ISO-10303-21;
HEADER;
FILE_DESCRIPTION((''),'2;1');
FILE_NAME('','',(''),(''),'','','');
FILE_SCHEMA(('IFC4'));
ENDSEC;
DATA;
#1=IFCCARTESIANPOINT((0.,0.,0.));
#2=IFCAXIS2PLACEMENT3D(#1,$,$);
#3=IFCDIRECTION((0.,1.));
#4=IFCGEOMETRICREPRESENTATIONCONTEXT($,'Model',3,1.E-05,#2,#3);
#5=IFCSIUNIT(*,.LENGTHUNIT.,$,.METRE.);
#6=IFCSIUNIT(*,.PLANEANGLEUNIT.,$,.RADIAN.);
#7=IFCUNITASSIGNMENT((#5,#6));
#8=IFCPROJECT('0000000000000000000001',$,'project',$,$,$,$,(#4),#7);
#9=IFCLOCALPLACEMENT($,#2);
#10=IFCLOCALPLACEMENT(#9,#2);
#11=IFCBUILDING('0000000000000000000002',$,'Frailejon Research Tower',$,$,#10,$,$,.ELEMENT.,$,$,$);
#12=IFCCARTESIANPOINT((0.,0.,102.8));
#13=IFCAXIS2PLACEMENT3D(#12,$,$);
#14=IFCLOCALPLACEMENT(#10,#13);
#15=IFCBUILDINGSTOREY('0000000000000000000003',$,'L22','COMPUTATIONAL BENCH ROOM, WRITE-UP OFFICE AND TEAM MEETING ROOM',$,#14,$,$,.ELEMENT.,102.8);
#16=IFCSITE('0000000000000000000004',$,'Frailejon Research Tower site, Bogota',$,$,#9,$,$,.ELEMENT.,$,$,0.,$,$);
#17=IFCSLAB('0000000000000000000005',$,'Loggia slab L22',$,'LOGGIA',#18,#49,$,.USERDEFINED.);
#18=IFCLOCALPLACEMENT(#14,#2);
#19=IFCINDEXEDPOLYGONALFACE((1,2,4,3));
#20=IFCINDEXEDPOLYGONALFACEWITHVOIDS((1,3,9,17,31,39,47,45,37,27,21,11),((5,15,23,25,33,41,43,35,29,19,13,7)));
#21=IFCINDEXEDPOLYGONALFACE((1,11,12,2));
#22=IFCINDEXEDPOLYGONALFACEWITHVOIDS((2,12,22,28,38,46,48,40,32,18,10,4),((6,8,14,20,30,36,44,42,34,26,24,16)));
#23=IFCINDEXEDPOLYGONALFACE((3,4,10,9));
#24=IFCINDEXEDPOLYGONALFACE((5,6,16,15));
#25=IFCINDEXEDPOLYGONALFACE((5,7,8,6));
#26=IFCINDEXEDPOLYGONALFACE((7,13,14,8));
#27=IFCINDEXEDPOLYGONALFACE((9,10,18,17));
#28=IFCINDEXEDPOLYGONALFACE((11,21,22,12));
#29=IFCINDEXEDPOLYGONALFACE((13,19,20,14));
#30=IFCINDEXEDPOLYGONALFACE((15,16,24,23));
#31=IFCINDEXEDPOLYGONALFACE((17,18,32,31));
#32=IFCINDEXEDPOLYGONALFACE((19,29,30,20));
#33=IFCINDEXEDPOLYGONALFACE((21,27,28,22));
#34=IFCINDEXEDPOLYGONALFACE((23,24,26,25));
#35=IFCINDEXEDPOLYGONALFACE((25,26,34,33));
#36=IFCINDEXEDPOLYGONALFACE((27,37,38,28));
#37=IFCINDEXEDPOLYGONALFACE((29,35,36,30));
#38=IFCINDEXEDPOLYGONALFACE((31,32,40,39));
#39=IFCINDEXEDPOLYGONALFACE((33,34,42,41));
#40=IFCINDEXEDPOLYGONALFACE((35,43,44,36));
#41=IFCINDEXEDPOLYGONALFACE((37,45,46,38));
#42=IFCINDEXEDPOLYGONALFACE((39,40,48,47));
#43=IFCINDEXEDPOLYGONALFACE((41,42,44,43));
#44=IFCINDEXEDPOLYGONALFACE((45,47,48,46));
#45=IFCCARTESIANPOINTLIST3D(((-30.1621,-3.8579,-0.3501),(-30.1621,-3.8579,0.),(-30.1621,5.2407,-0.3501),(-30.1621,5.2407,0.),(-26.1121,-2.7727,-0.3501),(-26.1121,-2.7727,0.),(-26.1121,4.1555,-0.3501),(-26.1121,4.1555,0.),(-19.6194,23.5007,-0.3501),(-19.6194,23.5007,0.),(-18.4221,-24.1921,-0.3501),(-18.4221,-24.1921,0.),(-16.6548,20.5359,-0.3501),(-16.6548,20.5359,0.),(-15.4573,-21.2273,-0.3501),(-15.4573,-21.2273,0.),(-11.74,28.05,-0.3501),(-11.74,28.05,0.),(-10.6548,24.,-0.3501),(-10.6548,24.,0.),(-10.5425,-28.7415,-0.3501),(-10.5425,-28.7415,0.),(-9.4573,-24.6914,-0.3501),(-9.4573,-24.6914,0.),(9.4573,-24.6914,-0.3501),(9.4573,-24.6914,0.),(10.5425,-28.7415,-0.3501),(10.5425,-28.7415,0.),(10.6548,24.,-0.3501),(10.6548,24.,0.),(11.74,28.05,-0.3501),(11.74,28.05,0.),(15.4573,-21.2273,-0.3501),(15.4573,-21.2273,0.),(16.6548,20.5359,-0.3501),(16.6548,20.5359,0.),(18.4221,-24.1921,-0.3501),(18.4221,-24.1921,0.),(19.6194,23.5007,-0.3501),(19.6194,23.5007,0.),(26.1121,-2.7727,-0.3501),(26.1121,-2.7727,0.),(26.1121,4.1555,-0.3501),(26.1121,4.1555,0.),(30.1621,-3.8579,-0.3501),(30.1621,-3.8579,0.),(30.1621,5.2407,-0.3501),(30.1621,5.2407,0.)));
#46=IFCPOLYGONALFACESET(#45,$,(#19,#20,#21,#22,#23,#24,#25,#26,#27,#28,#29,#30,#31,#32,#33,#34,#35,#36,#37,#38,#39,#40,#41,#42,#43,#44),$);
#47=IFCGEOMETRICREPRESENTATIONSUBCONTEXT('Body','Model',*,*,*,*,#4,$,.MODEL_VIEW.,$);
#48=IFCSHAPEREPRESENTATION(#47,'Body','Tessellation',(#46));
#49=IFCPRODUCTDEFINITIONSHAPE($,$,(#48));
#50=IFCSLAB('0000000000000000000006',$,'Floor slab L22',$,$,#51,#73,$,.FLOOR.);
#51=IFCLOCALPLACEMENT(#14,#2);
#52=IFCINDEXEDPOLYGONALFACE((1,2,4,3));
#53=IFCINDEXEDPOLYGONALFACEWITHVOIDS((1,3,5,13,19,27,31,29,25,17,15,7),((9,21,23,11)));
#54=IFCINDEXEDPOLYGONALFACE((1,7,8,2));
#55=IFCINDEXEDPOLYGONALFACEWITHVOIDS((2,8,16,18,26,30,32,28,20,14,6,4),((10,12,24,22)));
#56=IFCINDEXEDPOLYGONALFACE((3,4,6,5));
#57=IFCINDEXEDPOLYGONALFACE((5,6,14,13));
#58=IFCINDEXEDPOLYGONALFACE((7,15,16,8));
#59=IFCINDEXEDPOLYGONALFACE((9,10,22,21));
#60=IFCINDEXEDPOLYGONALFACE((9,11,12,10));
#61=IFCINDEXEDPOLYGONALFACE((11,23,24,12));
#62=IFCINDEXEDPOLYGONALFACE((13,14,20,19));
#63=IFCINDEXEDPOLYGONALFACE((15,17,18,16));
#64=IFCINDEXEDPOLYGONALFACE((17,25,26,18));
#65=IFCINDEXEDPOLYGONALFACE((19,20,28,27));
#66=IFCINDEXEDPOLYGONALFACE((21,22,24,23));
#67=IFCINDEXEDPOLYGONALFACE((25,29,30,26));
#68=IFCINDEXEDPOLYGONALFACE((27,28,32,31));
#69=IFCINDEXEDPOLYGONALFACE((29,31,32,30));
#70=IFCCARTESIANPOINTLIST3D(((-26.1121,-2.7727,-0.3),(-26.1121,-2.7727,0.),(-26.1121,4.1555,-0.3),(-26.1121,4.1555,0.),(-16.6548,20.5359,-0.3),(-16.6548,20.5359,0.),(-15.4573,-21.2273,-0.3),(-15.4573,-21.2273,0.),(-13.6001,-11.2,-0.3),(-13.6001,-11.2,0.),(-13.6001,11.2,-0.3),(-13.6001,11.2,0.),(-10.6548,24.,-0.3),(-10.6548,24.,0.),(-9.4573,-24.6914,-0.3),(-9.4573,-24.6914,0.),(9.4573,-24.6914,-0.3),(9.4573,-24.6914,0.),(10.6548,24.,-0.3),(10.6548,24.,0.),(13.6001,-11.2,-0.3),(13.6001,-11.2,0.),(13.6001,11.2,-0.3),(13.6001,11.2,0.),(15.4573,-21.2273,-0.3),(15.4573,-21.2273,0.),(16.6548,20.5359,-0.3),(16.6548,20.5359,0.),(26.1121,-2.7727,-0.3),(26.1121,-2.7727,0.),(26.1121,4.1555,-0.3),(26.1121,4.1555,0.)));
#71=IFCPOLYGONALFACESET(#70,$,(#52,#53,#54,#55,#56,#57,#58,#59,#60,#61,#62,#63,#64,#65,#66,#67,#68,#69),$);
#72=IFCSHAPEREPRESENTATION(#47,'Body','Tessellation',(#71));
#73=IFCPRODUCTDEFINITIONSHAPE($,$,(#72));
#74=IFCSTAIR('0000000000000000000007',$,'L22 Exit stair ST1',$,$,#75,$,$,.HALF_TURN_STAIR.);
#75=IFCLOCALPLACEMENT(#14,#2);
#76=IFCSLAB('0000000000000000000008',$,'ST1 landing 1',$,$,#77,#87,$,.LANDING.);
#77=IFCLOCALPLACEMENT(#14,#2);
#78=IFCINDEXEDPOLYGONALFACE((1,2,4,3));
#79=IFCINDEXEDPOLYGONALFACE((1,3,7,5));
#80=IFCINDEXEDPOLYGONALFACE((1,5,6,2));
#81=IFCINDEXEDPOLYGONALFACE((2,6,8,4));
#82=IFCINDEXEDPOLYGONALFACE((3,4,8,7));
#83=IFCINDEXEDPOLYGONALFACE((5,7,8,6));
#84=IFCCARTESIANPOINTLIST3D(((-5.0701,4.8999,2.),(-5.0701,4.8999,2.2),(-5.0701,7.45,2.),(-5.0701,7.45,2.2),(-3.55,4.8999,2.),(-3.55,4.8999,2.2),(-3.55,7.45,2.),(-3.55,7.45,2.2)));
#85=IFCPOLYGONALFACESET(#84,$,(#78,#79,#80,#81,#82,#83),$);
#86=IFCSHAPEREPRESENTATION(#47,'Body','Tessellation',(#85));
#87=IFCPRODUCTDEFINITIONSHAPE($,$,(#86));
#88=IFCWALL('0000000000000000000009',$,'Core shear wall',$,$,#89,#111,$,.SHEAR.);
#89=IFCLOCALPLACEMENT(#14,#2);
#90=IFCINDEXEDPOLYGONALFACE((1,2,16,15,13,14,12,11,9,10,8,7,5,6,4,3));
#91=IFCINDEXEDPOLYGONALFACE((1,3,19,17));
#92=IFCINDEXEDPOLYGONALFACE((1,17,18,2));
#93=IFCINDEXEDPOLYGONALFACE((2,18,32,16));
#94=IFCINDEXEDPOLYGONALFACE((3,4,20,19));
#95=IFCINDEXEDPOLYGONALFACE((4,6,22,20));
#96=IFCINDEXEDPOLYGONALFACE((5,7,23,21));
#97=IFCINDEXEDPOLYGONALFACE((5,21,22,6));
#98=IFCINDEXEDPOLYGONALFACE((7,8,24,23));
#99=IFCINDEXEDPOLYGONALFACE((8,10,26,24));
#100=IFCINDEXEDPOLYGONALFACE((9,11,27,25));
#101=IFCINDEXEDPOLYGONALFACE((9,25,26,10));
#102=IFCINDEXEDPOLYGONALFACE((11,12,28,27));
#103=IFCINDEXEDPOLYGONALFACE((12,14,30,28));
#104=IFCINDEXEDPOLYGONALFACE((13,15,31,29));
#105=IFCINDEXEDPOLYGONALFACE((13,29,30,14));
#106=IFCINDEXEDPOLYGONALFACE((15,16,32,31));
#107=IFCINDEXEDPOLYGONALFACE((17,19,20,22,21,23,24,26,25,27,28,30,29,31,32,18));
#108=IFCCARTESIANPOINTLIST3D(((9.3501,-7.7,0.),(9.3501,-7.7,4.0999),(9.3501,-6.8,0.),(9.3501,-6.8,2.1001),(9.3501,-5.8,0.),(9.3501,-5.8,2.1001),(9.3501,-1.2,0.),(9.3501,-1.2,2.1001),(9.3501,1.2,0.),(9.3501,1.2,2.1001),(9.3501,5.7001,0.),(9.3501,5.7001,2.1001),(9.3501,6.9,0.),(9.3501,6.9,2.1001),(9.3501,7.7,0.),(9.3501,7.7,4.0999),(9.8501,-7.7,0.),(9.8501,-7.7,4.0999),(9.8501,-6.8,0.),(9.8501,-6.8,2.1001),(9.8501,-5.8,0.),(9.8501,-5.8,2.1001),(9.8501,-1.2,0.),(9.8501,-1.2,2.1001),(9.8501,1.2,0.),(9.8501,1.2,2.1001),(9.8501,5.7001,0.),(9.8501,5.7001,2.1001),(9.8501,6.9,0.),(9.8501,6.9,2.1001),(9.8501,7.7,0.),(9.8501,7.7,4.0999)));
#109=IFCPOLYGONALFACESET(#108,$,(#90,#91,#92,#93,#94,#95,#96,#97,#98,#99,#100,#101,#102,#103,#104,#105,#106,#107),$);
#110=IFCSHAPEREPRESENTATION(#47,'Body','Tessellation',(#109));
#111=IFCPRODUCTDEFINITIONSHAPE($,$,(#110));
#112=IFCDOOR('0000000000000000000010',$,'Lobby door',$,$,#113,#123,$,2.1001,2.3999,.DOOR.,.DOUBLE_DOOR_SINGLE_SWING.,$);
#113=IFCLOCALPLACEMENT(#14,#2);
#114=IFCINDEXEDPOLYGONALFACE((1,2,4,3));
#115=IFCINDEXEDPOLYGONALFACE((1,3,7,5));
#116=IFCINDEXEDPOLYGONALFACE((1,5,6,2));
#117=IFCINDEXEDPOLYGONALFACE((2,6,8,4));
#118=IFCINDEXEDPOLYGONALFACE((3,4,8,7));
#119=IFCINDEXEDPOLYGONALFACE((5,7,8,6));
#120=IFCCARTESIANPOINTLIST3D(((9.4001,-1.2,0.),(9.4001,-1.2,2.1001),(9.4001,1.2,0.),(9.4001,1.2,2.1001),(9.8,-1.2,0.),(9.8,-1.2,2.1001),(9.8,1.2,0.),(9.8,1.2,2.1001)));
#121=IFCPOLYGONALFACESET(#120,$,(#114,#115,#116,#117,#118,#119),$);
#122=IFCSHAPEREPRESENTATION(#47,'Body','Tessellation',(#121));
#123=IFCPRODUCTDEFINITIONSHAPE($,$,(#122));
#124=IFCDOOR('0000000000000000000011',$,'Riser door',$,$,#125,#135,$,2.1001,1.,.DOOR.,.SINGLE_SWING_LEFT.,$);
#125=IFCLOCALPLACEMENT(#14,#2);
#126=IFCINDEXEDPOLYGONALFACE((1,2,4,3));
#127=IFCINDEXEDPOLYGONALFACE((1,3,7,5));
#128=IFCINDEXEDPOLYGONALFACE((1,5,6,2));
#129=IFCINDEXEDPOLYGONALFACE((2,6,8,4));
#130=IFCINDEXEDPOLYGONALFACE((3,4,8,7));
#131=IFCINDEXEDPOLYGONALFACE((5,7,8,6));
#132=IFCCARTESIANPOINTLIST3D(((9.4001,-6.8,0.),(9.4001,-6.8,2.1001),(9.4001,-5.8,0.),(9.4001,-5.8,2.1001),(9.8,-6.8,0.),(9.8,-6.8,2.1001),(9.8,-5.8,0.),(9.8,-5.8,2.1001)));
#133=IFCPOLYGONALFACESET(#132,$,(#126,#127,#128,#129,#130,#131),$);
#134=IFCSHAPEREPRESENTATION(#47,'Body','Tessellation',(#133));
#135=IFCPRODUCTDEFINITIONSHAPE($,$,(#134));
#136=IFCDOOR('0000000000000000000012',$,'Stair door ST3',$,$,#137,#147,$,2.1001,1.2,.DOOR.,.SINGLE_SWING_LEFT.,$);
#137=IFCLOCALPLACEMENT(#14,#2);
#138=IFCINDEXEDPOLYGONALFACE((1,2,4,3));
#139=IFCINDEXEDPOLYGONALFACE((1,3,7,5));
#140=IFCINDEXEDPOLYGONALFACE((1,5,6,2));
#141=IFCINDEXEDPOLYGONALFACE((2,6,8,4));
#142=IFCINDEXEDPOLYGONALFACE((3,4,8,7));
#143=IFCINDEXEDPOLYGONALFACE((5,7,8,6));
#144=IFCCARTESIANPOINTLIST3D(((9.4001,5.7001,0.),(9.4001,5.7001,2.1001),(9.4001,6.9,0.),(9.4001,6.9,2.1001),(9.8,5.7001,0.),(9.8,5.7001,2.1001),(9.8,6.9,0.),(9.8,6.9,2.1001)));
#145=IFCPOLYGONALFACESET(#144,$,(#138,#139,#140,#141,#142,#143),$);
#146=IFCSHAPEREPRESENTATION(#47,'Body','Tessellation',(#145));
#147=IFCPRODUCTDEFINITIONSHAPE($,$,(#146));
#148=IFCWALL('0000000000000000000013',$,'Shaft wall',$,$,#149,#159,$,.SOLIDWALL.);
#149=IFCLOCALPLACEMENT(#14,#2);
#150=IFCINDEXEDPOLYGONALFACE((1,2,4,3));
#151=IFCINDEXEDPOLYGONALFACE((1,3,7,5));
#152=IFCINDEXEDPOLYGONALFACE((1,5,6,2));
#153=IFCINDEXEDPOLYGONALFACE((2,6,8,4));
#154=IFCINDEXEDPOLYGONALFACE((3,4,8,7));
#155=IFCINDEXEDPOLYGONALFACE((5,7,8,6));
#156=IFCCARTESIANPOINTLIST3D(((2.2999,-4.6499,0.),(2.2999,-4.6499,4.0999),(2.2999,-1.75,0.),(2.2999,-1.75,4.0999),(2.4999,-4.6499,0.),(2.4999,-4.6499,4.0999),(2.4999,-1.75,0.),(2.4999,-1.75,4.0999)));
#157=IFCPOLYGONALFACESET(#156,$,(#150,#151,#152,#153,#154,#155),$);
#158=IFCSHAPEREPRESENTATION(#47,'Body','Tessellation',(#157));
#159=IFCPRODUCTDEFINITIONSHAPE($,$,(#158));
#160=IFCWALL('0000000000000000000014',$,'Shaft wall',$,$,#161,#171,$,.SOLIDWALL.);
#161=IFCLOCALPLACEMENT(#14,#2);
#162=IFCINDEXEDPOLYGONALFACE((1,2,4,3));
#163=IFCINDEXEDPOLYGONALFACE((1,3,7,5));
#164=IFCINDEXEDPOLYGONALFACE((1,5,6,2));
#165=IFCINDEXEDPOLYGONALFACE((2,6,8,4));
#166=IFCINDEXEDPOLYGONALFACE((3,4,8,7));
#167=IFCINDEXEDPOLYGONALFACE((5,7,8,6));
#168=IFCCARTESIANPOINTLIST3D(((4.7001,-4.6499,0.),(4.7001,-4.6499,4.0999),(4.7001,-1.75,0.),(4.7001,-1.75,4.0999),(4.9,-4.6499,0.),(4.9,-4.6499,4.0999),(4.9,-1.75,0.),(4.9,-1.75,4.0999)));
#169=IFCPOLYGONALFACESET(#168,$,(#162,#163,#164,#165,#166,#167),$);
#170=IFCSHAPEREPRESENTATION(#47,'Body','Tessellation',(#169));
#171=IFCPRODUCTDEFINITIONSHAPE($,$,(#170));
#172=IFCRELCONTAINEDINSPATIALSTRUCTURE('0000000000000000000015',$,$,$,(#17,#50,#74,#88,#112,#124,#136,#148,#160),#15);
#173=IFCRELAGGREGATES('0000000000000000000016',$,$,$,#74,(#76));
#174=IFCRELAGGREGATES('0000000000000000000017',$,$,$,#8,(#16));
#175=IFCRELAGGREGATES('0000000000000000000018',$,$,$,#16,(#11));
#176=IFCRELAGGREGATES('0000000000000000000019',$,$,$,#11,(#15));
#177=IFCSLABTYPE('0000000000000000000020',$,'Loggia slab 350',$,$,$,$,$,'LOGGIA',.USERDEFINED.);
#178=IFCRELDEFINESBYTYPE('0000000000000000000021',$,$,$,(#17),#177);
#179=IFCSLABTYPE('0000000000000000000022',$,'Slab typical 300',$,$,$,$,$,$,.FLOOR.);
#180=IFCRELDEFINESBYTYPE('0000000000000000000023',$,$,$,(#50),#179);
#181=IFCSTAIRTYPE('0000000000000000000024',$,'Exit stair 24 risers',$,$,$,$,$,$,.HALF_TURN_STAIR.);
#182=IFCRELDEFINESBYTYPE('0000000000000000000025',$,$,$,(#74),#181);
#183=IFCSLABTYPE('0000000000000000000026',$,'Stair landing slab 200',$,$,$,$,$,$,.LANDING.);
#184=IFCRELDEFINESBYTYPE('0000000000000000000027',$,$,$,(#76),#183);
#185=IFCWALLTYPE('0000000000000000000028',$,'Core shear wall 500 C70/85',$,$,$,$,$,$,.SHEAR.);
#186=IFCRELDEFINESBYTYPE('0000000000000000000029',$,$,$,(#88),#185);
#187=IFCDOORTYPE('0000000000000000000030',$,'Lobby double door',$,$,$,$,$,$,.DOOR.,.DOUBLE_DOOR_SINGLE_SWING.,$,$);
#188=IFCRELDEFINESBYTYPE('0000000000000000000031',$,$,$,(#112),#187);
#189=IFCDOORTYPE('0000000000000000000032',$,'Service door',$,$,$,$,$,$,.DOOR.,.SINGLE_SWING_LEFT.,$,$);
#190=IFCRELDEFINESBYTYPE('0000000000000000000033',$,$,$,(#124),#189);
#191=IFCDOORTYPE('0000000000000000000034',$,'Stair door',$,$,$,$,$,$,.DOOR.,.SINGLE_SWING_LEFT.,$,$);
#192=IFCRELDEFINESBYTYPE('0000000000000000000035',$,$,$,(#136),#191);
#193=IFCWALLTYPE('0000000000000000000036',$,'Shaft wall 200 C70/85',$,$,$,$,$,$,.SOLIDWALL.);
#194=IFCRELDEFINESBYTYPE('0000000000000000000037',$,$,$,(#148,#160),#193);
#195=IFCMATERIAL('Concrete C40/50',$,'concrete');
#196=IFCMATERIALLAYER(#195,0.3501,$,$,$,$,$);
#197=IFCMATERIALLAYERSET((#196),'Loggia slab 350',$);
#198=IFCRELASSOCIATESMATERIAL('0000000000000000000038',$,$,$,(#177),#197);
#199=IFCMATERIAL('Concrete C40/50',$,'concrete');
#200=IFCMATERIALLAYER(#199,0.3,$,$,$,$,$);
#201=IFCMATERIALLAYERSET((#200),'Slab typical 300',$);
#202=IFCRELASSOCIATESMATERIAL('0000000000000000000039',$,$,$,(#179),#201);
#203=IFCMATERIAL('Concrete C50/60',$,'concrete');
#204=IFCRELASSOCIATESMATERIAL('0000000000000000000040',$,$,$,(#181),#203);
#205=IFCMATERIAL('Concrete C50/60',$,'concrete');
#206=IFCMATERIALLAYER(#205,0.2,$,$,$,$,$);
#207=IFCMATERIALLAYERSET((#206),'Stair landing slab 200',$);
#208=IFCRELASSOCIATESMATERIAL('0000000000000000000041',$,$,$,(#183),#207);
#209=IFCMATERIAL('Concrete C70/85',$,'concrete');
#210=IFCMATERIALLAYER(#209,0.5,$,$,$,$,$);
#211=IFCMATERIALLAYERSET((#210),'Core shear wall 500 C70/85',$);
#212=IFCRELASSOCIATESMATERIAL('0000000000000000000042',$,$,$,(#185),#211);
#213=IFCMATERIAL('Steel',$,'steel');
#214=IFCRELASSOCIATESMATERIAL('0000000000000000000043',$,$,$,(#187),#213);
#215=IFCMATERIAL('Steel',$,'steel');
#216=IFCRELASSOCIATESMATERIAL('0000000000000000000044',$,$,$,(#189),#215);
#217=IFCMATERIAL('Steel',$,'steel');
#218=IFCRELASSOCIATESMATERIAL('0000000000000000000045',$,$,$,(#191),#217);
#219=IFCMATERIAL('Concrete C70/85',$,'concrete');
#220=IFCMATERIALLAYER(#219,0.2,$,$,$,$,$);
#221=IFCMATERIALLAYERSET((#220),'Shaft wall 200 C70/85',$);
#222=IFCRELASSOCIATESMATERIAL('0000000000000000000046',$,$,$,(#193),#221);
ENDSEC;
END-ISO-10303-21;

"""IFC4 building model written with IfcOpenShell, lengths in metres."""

from ifc_helpers import new_model, si_unit, direction, frame, frame_2d, origin, place, context, subcontext, project, spatial, polyline, rectangle, outline, extrude, material, layer, layer_set, type_object, element, fill, aggregate, save


model = new_model("IFC4")

# Units and contexts
model_context = context("Model", 3, precision=1e-05, world=origin(), true_north=direction((0.0, 1.0)))
body_context = subcontext(model_context, "Body", "Model", "MODEL_VIEW")
ifc_project = project(units=[si_unit("LENGTHUNIT", "METRE"), si_unit("PLANEANGLEUNIT", "RADIAN")], contexts=[model_context])

# Site, building, storey
site_placement = place(None, origin())
site = spatial("IfcSite", under=ifc_project, at=site_placement, Name="Frailejon Research Tower site, Bogota", CompositionType="ELEMENT", RefElevation=0.0)
building_placement = place(site_placement, origin())
building = spatial("IfcBuilding", under=site, at=building_placement, Name="Frailejon Research Tower", CompositionType="ELEMENT")
storey_placement = place(building_placement, frame((0.0, 0.0, 102.8)))
storey = spatial("IfcBuildingStorey", under=building, at=storey_placement, Name="L22", Description="COMPUTATIONAL BENCH ROOM, WRITE-UP OFFICE AND TEAM MEETING ROOM", CompositionType="ELEMENT", Elevation=102.8)

# Slabs
ifc_material_1 = material(Name="Concrete C40/50", Category="concrete")
ifc_layer_1 = layer(ifc_material_1, 0.3501)
ifc_layer_set_1 = layer_set([ifc_layer_1], Name="Loggia slab 350")
slab_type_1 = type_object("IfcSlabType", Name="Loggia slab 350", ElementType="LOGGIA", PredefinedType="USERDEFINED", material=ifc_layer_set_1)
slab_1_placement = place(storey_placement, frame((0.0, 0.0, -0.3501)))
element("IfcSlab", 1, at=slab_1_placement, inside=storey, type_object=slab_type_1, Name="Loggia slab L22", ObjectType="LOGGIA", PredefinedType="USERDEFINED", context=body_context, shape_type="SweptSolid", body=[
    extrude(outline(polyline([(18.4221, -24.1921), (10.5425, -28.7415), (-10.5425, -28.7415), (-18.4221, -24.1921), (-30.1621, -3.8579), (-30.1621, 5.2407), (-19.6194, 23.5007), (-11.74, 28.05), (11.74, 28.05), (19.6194, 23.5007), (30.1621, 5.2407), (30.1621, -3.8579), (18.4221, -24.1921)]), holes=[polyline([(26.1121, 4.1555), (16.6548, 20.5359), (10.6548, 24.0), (-10.6548, 24.0), (-16.6548, 20.5359), (-26.1121, 4.1555), (-26.1121, -2.7727), (-15.4573, -21.2273), (-9.4573, -24.6914), (9.4573, -24.6914), (15.4573, -21.2273), (26.1121, -2.7727), (26.1121, 4.1555)])]), origin(), (0.0, 0.0, 1.0), 0.3501),
])
ifc_material_2 = material(Name="Concrete C40/50", Category="concrete")
ifc_layer_2 = layer(ifc_material_2, 0.3)
ifc_layer_set_2 = layer_set([ifc_layer_2], Name="Slab typical 300")
slab_type_2 = type_object("IfcSlabType", Name="Slab typical 300", PredefinedType="FLOOR", material=ifc_layer_set_2)
slab_2_placement = place(storey_placement, frame((0.0, 0.0, -0.3)))
element("IfcSlab", 2, at=slab_2_placement, inside=storey, type_object=slab_type_2, Name="Floor slab L22", PredefinedType="FLOOR", context=body_context, shape_type="SweptSolid", body=[
    extrude(outline(polyline([(26.1121, -2.7727), (26.1121, 4.1555), (16.6548, 20.5359), (10.6548, 24.0), (-10.6548, 24.0), (-16.6548, 20.5359), (-26.1121, 4.1555), (-26.1121, -2.7727), (-15.4573, -21.2273), (-9.4573, -24.6914), (9.4573, -24.6914), (15.4573, -21.2273), (26.1121, -2.7727)]), holes=[polyline([(13.6001, -11.2), (-13.6001, -11.2), (-13.6001, 11.2), (13.6001, 11.2), (13.6001, -11.2)])]), origin(), (0.0, 0.0, 1.0), 0.3),
])

# Stair, slab
ifc_material_3 = material(Name="Concrete C50/60", Category="concrete")
stair_type = type_object("IfcStairType", Name="Exit stair 24 risers", PredefinedType="HALF_TURN_STAIR", material=ifc_material_3)
stair_placement = place(storey_placement, origin())
stair = element("IfcStair", 3, at=stair_placement, inside=storey, type_object=stair_type, Name="L22 Exit stair ST1", PredefinedType="HALF_TURN_STAIR")
ifc_material_4 = material(Name="Concrete C50/60", Category="concrete")
ifc_layer_3 = layer(ifc_material_4, 0.2)
ifc_layer_set_3 = layer_set([ifc_layer_3], Name="Stair landing slab 200")
slab_type_3 = type_object("IfcSlabType", Name="Stair landing slab 200", PredefinedType="LANDING", material=ifc_layer_set_3)
slab_3_placement = place(storey_placement, frame((0.0, 0.0, 2.0)))
slab_3 = element("IfcSlab", 4, at=slab_3_placement, type_object=slab_type_3, Name="ST1 landing 1", PredefinedType="LANDING", context=body_context, shape_type="SweptSolid", body=[
    extrude(outline(polyline([(-5.0701, 4.8999), (-3.55, 4.8999), (-3.55, 7.45), (-5.0701, 7.45), (-5.0701, 4.8999)])), origin(), (0.0, 0.0, 1.0), 0.2),
])
aggregate(stair, [slab_3])

# Wall, openings, doors
ifc_material_5 = material(Name="Concrete C70/85", Category="concrete")
ifc_layer_4 = layer(ifc_material_5, 0.5)
ifc_layer_set_4 = layer_set([ifc_layer_4], Name="Core shear wall 500 C70/85")
wall_type_1 = type_object("IfcWallType", Name="Core shear wall 500 C70/85", PredefinedType="SHEAR", material=ifc_layer_set_4)
wall_1_placement = place(storey_placement, frame((9.6001, -7.7, 0.0), z_axis=(0.0, 0.0, 1.0), x_axis=(0.0, 1.0, 0.0)))
wall_1 = element("IfcWall", 5, at=wall_1_placement, inside=storey, type_object=wall_type_1, Name="Core shear wall", PredefinedType="SHEAR", context=body_context, shape_type="SweptSolid", body=[
    extrude(rectangle(XDim=15.3999, YDim=0.5, at=frame_2d((7.7, 0.0))), origin(), (0.0, 0.0, 1.0), 4.0999),
])
opening_1_placement = place(wall_1_placement, frame((6.5, 0.0, 0.0)))
opening_1 = element("IfcOpeningElement", 6, at=opening_1_placement, cuts=wall_1, PredefinedType="OPENING", context=body_context, shape_type="SweptSolid", body=[
    extrude(rectangle(XDim=2.3999, YDim=2.1001, at=frame_2d((1.2, 1.05))), frame((0.0, 0.26, 0.0), z_axis=(0.0, -1.0, 0.0), x_axis=(1.0, 0.0, 0.0)), (0.0, 0.0, 1.0), 0.52),
])
opening_2_placement = place(wall_1_placement, frame((13.3999, 0.0, 0.0)))
opening_2 = element("IfcOpeningElement", 7, at=opening_2_placement, cuts=wall_1, PredefinedType="OPENING", context=body_context, shape_type="SweptSolid", body=[
    extrude(rectangle(XDim=1.2, YDim=2.1001, at=frame_2d((0.6001, 1.05))), frame((0.0, 0.26, 0.0), z_axis=(0.0, -1.0, 0.0), x_axis=(1.0, 0.0, 0.0)), (0.0, 0.0, 1.0), 0.52),
])
opening_3_placement = place(wall_1_placement, frame((0.8999, 0.0, 0.0)))
opening_3 = element("IfcOpeningElement", 8, at=opening_3_placement, cuts=wall_1, PredefinedType="OPENING", context=body_context, shape_type="SweptSolid", body=[
    extrude(rectangle(XDim=1.0, YDim=2.1001, at=frame_2d((0.5, 1.05))), frame((0.0, 0.26, 0.0), z_axis=(0.0, -1.0, 0.0), x_axis=(1.0, 0.0, 0.0)), (0.0, 0.0, 1.0), 0.52),
])
ifc_material_6 = material(Name="Steel", Category="steel")
door_type_1 = type_object("IfcDoorType", Name="Lobby double door", OperationType="DOUBLE_DOOR_SINGLE_SWING", PredefinedType="DOOR", material=ifc_material_6)
door_1_placement = place(opening_1_placement, origin())
door_1 = element("IfcDoor", 9, at=door_1_placement, inside=storey, type_object=door_type_1, Name="Lobby door", OperationType="DOUBLE_DOOR_SINGLE_SWING", OverallHeight=2.1001, OverallWidth=2.3999, PredefinedType="DOOR", context=body_context, shape_type="SweptSolid", body=[
    extrude(rectangle(XDim=2.3999, YDim=2.1001, at=frame_2d((1.2, 1.05))), frame((0.0, 0.2, 0.0), z_axis=(0.0, -1.0, 0.0), x_axis=(1.0, 0.0, 0.0)), (0.0, 0.0, 1.0), 0.3999),
])
fill(opening_1, door_1)
ifc_material_7 = material(Name="Steel", Category="steel")
door_type_2 = type_object("IfcDoorType", Name="Service door", OperationType="SINGLE_SWING_LEFT", PredefinedType="DOOR", material=ifc_material_7)
door_2_placement = place(opening_3_placement, origin())
door_2 = element("IfcDoor", 10, at=door_2_placement, inside=storey, type_object=door_type_2, Name="Riser door", OperationType="SINGLE_SWING_LEFT", OverallHeight=2.1001, OverallWidth=1.0, PredefinedType="DOOR", context=body_context, shape_type="SweptSolid", body=[
    extrude(rectangle(XDim=1.0, YDim=2.1001, at=frame_2d((0.5, 1.05))), frame((0.0, 0.2, 0.0), z_axis=(0.0, -1.0, 0.0), x_axis=(1.0, 0.0, 0.0)), (0.0, 0.0, 1.0), 0.3999),
])
fill(opening_3, door_2)
ifc_material_8 = material(Name="Steel", Category="steel")
door_type_3 = type_object("IfcDoorType", Name="Stair door", OperationType="SINGLE_SWING_LEFT", PredefinedType="DOOR", material=ifc_material_8)
door_3_placement = place(opening_2_placement, origin())
door_3 = element("IfcDoor", 11, at=door_3_placement, inside=storey, type_object=door_type_3, Name="Stair door ST3", OperationType="SINGLE_SWING_LEFT", OverallHeight=2.1001, OverallWidth=1.2, PredefinedType="DOOR", context=body_context, shape_type="SweptSolid", body=[
    extrude(rectangle(XDim=1.2, YDim=2.1001, at=frame_2d((0.6001, 1.05))), frame((0.0, 0.2, 0.0), z_axis=(0.0, -1.0, 0.0), x_axis=(1.0, 0.0, 0.0)), (0.0, 0.0, 1.0), 0.3999),
])
fill(opening_2, door_3)

# Walls
ifc_material_9 = material(Name="Concrete C70/85", Category="concrete")
ifc_layer_5 = layer(ifc_material_9, 0.2)
ifc_layer_set_5 = layer_set([ifc_layer_5], Name="Shaft wall 200 C70/85")
wall_type_2 = type_object("IfcWallType", Name="Shaft wall 200 C70/85", PredefinedType="SOLIDWALL", material=ifc_layer_set_5)
for number, where, z_axis, x_axis, name in (
    (12, (2.3999, -4.6499, 0.0), (0.0, 0.0, 1.0), (0.0, 1.0, 0.0), "Shaft wall"),
    (13, (4.8, -4.6499, 0.0), (0.0, 0.0, 1.0), (0.0, 1.0, 0.0), "Shaft wall"),
):
    element("IfcWall", number, at=place(storey_placement, frame(where, z_axis=z_axis, x_axis=x_axis)), inside=storey, type_object=wall_type_2, Name=name, PredefinedType="SOLIDWALL", context=body_context, shape_type="SweptSolid", body=[
        extrude(rectangle(XDim=2.8999, YDim=0.2, at=frame_2d((1.45, 0.0))), origin(), (0.0, 0.0, 1.0), 4.0999),
    ])

save(model, "model.ifc")
